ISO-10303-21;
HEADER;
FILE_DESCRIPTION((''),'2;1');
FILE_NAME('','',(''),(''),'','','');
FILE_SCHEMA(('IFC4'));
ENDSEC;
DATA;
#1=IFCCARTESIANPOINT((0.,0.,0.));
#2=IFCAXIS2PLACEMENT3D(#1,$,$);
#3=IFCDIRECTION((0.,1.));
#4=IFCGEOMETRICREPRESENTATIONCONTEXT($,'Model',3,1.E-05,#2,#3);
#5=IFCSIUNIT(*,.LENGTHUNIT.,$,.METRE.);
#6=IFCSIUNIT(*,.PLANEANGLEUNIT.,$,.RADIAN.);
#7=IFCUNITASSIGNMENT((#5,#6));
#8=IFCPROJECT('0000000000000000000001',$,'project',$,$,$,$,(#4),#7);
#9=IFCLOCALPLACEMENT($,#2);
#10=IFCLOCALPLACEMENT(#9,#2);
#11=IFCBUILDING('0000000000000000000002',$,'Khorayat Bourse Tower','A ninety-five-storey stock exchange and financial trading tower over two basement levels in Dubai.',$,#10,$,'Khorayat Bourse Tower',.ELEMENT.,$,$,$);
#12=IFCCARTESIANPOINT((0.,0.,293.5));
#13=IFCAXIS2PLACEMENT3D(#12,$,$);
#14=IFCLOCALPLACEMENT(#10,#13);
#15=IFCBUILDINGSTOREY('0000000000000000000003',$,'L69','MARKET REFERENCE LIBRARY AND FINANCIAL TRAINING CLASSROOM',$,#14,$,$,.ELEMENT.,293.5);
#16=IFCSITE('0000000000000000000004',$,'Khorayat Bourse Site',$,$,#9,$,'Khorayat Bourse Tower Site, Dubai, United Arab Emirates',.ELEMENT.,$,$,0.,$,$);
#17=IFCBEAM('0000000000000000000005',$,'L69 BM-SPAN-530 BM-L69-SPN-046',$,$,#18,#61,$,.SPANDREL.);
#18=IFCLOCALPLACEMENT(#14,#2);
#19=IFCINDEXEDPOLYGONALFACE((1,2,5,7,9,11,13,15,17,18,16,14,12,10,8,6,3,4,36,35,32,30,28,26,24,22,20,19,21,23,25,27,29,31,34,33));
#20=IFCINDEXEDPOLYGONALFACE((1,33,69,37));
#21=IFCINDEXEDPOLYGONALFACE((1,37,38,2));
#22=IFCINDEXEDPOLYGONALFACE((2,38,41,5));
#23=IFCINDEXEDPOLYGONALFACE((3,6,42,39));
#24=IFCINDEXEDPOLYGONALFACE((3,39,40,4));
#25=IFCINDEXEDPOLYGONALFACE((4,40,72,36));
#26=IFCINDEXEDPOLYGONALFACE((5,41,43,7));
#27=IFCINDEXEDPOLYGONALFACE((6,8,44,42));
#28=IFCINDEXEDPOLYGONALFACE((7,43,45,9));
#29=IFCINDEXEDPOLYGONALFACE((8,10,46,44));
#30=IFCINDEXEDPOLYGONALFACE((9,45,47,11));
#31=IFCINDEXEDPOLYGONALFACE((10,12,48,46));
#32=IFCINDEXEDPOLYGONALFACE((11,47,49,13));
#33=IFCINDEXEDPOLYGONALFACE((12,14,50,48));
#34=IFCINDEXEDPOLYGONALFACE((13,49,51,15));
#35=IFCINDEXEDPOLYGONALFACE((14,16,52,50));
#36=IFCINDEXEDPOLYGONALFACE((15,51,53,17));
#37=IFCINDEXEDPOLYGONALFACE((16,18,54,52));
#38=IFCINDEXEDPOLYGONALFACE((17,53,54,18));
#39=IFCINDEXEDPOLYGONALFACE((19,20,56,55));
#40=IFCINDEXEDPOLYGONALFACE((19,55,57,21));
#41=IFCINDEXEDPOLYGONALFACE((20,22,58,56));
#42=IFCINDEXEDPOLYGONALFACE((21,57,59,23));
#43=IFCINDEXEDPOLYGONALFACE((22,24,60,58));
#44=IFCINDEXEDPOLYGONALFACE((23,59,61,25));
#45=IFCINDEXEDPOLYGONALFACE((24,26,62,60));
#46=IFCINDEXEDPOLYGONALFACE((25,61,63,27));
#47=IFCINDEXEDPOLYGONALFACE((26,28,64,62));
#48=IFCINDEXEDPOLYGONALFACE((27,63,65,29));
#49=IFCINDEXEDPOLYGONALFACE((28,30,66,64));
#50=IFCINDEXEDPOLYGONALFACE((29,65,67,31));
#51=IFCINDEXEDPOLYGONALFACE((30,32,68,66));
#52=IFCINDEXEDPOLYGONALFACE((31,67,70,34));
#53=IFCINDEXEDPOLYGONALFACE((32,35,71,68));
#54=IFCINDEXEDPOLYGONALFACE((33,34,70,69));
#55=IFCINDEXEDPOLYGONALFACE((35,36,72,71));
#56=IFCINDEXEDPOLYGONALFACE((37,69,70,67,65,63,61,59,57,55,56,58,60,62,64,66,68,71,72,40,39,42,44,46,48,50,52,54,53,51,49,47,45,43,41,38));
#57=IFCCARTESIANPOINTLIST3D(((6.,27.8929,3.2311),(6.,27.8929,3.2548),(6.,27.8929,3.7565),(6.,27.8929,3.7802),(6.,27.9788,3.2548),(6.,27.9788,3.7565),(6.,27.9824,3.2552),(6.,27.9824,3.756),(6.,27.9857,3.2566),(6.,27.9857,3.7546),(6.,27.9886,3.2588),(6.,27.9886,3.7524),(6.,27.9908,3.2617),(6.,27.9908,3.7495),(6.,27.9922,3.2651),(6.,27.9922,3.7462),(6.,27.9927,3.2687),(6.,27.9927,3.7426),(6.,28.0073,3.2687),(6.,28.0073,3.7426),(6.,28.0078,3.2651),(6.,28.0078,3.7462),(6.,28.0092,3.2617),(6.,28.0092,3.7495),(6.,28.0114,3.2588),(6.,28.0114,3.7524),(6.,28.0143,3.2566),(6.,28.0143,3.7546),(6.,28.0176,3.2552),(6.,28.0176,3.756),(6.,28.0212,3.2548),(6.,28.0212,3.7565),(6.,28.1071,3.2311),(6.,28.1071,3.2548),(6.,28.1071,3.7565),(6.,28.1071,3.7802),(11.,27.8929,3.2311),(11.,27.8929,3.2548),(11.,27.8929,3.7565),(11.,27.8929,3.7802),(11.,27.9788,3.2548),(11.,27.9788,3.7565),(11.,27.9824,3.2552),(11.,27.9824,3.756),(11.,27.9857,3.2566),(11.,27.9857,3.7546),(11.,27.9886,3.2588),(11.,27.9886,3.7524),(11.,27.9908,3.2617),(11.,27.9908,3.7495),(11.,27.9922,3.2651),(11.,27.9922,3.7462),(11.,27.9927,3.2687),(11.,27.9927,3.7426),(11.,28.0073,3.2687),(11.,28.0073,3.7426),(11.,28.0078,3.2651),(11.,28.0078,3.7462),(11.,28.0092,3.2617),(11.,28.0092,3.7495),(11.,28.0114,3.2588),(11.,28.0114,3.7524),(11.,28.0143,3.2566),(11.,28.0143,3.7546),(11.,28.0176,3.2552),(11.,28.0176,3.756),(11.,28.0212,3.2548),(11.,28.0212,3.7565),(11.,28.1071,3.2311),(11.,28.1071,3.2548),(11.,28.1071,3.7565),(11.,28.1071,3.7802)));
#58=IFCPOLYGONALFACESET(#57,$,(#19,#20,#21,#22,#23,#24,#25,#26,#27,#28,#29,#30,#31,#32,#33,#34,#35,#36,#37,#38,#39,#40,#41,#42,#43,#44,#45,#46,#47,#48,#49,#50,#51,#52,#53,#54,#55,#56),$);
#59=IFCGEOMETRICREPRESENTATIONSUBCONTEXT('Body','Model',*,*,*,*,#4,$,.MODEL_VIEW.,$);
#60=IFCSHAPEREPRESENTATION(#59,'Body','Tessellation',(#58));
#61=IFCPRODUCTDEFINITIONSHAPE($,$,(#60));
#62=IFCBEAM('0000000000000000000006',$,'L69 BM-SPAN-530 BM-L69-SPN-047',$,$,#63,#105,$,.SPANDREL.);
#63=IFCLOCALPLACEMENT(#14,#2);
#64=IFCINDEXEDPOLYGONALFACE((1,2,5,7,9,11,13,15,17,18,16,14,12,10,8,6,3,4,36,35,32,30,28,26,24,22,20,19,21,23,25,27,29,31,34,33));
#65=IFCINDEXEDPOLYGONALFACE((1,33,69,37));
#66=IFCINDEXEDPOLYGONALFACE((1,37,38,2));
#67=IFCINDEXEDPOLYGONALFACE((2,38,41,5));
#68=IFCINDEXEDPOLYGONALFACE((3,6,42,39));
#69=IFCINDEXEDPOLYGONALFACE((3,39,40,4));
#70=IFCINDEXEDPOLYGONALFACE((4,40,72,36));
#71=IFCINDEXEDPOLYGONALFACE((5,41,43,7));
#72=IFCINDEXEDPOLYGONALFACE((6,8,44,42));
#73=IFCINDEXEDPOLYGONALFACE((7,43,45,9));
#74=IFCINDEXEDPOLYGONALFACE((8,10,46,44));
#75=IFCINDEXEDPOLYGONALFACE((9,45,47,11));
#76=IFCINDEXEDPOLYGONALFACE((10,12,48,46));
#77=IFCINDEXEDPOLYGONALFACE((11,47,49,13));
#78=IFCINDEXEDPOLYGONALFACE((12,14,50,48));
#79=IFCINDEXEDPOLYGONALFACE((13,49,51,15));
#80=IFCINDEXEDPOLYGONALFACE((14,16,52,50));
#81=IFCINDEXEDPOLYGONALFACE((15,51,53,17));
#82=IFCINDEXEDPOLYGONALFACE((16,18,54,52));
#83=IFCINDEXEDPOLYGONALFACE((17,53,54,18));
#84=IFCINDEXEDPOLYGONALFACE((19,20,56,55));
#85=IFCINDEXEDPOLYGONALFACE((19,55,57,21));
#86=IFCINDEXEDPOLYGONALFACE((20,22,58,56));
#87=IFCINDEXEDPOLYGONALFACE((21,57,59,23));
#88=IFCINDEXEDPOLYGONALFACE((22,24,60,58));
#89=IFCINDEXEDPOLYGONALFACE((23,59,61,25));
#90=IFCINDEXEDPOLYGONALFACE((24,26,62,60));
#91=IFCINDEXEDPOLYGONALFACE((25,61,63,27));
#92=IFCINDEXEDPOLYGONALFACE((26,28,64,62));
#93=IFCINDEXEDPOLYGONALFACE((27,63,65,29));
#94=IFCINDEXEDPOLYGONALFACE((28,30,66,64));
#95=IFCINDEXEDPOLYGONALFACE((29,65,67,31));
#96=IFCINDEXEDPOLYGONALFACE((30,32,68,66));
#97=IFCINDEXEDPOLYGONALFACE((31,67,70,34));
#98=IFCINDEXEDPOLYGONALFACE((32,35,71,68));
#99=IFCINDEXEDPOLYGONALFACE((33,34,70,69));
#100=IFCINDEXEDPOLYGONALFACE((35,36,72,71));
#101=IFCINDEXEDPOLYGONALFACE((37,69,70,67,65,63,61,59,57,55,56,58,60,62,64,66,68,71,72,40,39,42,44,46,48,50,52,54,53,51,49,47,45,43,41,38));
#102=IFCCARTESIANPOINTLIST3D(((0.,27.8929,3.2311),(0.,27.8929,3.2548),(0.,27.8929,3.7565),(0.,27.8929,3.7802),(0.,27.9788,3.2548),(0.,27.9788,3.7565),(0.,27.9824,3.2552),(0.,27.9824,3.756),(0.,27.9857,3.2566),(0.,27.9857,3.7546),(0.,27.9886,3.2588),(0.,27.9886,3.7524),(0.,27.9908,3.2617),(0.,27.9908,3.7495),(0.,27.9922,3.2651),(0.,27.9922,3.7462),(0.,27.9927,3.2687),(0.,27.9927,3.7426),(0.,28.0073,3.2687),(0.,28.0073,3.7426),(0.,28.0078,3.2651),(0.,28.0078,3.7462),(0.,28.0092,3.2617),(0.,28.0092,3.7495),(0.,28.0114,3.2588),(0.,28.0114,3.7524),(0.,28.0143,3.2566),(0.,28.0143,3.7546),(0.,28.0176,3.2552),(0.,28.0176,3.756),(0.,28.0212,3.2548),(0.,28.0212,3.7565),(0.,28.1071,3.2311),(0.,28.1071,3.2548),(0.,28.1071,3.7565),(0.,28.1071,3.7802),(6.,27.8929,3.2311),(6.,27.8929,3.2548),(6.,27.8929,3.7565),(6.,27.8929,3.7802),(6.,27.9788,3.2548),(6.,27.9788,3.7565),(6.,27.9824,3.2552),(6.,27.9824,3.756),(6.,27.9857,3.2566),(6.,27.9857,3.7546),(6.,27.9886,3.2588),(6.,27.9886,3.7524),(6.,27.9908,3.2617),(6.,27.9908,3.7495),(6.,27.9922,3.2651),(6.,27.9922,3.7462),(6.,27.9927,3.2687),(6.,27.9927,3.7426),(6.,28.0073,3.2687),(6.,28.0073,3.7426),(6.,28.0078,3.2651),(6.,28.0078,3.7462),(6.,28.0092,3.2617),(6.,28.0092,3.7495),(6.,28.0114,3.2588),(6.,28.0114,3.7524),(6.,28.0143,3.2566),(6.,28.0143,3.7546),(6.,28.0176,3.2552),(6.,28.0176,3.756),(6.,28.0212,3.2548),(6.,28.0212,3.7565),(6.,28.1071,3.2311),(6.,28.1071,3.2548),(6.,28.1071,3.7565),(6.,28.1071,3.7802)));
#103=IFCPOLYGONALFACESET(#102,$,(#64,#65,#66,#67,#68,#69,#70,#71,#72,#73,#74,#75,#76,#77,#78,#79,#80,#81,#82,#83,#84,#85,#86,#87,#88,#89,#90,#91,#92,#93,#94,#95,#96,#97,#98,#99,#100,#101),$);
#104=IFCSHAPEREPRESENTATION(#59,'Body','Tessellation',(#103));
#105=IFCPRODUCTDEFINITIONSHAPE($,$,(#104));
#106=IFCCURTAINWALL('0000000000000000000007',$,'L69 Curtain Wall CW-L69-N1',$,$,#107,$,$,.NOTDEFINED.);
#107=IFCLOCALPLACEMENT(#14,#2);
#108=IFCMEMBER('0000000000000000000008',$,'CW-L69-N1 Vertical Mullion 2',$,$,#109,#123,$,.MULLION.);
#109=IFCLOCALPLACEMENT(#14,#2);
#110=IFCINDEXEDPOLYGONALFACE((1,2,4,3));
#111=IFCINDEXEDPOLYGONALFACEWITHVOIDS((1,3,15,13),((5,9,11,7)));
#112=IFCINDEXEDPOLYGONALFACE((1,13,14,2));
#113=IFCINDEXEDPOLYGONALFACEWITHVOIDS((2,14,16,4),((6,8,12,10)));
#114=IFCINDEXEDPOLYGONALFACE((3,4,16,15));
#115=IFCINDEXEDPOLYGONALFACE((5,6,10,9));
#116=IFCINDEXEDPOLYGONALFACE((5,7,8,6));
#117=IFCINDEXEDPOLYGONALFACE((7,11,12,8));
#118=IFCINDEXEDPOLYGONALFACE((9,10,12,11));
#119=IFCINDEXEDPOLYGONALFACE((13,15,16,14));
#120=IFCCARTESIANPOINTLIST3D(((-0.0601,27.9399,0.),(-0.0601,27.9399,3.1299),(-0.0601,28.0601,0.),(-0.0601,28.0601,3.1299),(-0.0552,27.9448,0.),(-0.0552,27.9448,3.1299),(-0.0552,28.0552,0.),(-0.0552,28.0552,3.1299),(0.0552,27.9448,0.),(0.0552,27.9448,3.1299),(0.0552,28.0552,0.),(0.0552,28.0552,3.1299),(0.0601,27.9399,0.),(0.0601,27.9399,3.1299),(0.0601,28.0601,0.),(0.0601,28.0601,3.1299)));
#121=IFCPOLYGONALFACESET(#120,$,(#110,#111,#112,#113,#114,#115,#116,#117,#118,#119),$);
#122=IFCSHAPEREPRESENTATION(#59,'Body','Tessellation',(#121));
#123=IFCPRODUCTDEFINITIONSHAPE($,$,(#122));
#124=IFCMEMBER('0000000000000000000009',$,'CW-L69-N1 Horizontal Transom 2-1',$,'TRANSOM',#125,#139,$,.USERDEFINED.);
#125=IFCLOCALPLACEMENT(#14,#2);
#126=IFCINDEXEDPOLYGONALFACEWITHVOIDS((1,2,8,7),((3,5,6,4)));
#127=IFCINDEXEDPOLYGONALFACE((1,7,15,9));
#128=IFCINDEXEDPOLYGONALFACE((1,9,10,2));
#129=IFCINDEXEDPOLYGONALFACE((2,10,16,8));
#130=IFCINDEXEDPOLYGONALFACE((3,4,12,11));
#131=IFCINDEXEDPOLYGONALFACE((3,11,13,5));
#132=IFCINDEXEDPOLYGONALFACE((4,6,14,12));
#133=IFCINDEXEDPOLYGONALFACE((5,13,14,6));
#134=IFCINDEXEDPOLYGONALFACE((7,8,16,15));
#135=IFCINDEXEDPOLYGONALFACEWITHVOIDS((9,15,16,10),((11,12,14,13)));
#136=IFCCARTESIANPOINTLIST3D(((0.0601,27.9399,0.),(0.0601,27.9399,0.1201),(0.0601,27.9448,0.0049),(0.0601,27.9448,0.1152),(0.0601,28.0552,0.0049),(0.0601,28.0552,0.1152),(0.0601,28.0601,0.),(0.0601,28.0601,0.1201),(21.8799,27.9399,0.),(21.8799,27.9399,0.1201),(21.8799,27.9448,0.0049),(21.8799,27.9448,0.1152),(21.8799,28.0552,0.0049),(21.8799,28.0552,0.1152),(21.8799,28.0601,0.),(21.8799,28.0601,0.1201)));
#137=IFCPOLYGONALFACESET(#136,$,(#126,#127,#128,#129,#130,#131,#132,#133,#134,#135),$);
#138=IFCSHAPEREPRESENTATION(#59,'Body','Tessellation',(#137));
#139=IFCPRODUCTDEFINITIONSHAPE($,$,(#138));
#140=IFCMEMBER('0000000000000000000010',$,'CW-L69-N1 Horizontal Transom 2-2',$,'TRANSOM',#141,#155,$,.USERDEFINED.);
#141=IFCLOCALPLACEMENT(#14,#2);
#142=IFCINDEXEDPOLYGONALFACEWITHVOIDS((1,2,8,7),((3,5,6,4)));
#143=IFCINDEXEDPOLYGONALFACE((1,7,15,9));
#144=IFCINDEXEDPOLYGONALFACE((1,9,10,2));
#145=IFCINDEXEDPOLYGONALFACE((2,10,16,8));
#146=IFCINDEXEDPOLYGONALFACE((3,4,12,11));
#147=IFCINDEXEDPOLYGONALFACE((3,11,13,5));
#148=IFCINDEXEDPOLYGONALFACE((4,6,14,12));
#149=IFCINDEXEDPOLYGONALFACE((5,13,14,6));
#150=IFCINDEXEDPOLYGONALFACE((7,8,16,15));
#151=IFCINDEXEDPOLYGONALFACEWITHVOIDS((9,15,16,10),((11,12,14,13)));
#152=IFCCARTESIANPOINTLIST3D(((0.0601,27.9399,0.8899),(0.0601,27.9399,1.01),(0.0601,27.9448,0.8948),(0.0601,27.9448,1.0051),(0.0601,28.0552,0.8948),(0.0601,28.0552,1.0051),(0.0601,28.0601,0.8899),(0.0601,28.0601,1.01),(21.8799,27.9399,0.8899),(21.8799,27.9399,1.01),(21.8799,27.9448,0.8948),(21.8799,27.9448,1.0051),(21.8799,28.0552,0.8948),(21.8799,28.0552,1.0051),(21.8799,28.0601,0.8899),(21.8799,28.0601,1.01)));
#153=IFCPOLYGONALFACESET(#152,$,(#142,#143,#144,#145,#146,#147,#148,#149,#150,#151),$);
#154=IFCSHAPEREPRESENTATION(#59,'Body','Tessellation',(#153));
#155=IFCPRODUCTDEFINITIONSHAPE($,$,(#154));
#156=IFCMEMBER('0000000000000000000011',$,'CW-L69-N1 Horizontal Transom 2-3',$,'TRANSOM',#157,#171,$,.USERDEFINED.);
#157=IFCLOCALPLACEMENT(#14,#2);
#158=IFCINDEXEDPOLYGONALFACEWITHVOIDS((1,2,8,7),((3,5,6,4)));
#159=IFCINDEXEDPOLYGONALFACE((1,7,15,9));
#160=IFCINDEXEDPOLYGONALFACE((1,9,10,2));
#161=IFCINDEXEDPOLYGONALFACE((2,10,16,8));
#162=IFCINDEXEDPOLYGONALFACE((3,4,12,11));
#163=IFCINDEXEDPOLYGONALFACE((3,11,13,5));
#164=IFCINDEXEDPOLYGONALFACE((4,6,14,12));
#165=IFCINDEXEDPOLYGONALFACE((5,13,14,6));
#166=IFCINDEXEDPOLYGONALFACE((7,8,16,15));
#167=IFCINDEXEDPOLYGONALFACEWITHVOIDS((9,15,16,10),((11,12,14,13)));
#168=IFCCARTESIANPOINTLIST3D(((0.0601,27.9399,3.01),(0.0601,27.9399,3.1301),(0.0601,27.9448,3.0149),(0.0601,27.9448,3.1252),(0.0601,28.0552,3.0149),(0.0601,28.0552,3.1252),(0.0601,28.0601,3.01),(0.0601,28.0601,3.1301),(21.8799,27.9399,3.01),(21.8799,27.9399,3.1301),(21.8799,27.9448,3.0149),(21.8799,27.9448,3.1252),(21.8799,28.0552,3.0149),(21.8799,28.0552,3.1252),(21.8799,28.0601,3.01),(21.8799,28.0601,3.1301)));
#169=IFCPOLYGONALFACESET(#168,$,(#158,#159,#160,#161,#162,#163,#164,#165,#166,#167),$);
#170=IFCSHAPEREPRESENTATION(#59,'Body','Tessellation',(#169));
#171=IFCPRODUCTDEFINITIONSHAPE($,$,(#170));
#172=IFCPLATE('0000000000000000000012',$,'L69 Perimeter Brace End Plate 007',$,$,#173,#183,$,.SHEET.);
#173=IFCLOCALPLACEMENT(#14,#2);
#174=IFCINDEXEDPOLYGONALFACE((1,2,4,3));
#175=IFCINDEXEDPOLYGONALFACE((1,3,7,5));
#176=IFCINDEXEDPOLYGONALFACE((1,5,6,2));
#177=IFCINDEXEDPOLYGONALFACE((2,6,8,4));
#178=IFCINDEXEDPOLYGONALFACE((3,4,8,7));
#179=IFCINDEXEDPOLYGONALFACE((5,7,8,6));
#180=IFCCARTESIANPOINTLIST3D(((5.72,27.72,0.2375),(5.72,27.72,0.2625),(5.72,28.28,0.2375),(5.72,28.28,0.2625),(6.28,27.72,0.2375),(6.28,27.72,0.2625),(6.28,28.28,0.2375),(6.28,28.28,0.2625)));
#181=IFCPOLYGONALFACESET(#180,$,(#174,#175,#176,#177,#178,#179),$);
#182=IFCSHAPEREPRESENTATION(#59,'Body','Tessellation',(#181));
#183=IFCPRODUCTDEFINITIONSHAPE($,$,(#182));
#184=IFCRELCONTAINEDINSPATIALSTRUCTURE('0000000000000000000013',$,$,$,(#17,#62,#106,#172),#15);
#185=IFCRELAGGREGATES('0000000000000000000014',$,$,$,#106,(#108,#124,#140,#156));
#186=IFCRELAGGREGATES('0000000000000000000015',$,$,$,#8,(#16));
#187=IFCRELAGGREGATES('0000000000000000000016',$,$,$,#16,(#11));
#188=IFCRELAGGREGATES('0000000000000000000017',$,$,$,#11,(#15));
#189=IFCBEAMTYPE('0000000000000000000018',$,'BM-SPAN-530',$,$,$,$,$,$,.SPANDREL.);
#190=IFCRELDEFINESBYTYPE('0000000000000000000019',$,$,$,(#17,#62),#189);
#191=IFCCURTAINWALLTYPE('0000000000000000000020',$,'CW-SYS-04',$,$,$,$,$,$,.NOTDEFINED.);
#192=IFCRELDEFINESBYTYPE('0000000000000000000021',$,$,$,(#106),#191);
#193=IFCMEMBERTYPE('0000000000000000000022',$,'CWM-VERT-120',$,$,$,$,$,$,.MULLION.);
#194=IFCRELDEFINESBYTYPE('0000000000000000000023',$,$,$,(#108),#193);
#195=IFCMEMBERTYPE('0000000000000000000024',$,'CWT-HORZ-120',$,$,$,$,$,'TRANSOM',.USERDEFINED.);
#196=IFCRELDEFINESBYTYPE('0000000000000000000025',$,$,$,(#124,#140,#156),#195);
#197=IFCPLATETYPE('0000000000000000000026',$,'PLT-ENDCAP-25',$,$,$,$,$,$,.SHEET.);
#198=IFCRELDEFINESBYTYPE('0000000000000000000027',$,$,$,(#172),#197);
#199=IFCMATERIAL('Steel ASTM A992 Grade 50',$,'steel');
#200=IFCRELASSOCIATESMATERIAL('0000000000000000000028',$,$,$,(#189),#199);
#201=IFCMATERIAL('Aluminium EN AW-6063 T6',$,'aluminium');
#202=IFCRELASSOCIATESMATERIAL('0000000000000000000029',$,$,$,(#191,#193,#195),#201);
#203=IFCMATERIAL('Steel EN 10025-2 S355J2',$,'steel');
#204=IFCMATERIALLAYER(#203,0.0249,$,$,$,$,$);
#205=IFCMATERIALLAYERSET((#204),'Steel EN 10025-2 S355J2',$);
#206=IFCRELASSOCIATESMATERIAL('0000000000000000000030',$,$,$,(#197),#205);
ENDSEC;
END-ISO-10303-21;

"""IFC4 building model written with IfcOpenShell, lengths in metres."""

from ifc_helpers import new_model, si_unit, direction, frame, origin, origin_2d, place, context, subcontext, project, spatial, rectangle, hollow_rectangle, i_section, extrude, source, transform, mapped, material, layer, layer_set, material_profile, profile_set, type_object, element, aggregate, save


model = new_model("IFC4")

# Units and contexts
model_context = context("Model", 3, precision=1e-05, world=origin(), true_north=direction((0.0, 1.0)))
body_context = subcontext(model_context, "Body", "Model", "MODEL_VIEW")
ifc_project = project(units=[si_unit("LENGTHUNIT", "METRE"), si_unit("PLANEANGLEUNIT", "RADIAN")], contexts=[model_context])

# Site, building, storey
site_placement = place(None, origin())
site = spatial("IfcSite", under=ifc_project, at=site_placement, Name="Khorayat Bourse Site", LongName="Khorayat Bourse Tower Site, Dubai, United Arab Emirates", CompositionType="ELEMENT", RefElevation=0.0)
building_placement = place(site_placement, origin())
building = spatial("IfcBuilding", under=site, at=building_placement, Name="Khorayat Bourse Tower", Description="A ninety-five-storey stock exchange and financial trading tower over two basement levels in Dubai.", LongName="Khorayat Bourse Tower", CompositionType="ELEMENT")
storey_placement = place(building_placement, frame((0.0, 0.0, 293.5)))
storey = spatial("IfcBuildingStorey", under=building, at=storey_placement, Name="L69", Description="MARKET REFERENCE LIBRARY AND FINANCIAL TRAINING CLASSROOM", CompositionType="ELEMENT", Elevation=293.5)

# Beams
ifc_material_1 = material(Name="Steel ASTM A992 Grade 50", Category="steel")
ifc_material_profile_1 = material_profile(ifc_material_1, i_section(OverallWidth=0.2141, OverallDepth=0.5491, WebThickness=0.0146, FlangeThickness=0.0237, FilletRadius=0.0139, at=origin_2d()), Name="W530X138")
ifc_profile_set_1 = profile_set([ifc_material_profile_1], Name="Steel ASTM A992 Grade 50")
beam_type_1 = type_object("IfcBeamType", Name="BM-SPAN-530", PredefinedType="SPANDREL", material=ifc_profile_set_1)
shared_shape_1 = source(origin(), body_context, "Body", "SweptSolid", [
    extrude(i_section(OverallWidth=0.2141, OverallDepth=0.5491, WebThickness=0.0146, FlangeThickness=0.0237, FilletRadius=0.0139, at=origin_2d()), origin(), (0.0, 0.0, 1.0), 5.0),
])
beam_1_placement = place(storey_placement, frame((6.0, 28.0, 3.5056), z_axis=(1.0, 0.0, 0.0), x_axis=(0.0, 1.0, 0.0)))
element("IfcBeam", 1, at=beam_1_placement, inside=storey, type_object=beam_type_1, Name="L69 BM-SPAN-530 BM-L69-SPN-046", PredefinedType="SPANDREL", context=body_context, shape_type="MappedRepresentation", body=[
    mapped(shared_shape_1, transform((0.0, 0.0, 0.0), scale=1.0)),
])
shared_shape_2 = source(origin(), body_context, "Body", "SweptSolid", [
    extrude(i_section(OverallWidth=0.2141, OverallDepth=0.5491, WebThickness=0.0146, FlangeThickness=0.0237, FilletRadius=0.0139, at=origin_2d()), origin(), (0.0, 0.0, 1.0), 6.0),
])
beam_2_placement = place(storey_placement, frame((0.0, 28.0, 3.5056), z_axis=(1.0, 0.0, 0.0), x_axis=(0.0, 1.0, 0.0)))
element("IfcBeam", 2, at=beam_2_placement, inside=storey, type_object=beam_type_1, Name="L69 BM-SPAN-530 BM-L69-SPN-047", PredefinedType="SPANDREL", context=body_context, shape_type="MappedRepresentation", body=[
    mapped(shared_shape_2, transform((0.0, 0.0, 0.0), scale=1.0)),
])

# Curtain wall, members
ifc_material_2 = material(Name="Aluminium EN AW-6063 T6", Category="aluminium")
curtain_wall_type = type_object("IfcCurtainWallType", Name="CW-SYS-04", PredefinedType="NOTDEFINED", material=ifc_material_2)
curtain_wall_placement = place(storey_placement, origin())
curtain_wall = element("IfcCurtainWall", 3, at=curtain_wall_placement, inside=storey, type_object=curtain_wall_type, Name="L69 Curtain Wall CW-L69-N1", PredefinedType="NOTDEFINED")
ifc_material_profile_2 = material_profile(ifc_material_2, hollow_rectangle(XDim=0.1201, YDim=0.1201, WallThickness=0.0049, at=origin_2d()), Name="ALU 120x120x5")
ifc_profile_set_2 = profile_set([ifc_material_profile_2], Name="Aluminium EN AW-6063 T6")
member_type_1 = type_object("IfcMemberType", Name="CWM-VERT-120", PredefinedType="MULLION", material=ifc_profile_set_2)
shared_shape_3 = source(origin(), body_context, "Body", "SweptSolid", [
    extrude(hollow_rectangle(XDim=0.1201, YDim=0.1201, WallThickness=0.0049, at=origin_2d()), origin(), (0.0, 0.0, 1.0), 3.1299),
])
member_1_placement = place(storey_placement, frame((0.0, 28.0, 0.0), z_axis=(0.0, 0.0, 1.0), x_axis=(0.0, 1.0, 0.0)))
member_1 = element("IfcMember", 4, at=member_1_placement, type_object=member_type_1, Name="CW-L69-N1 Vertical Mullion 2", PredefinedType="MULLION", context=body_context, shape_type="MappedRepresentation", body=[
    mapped(shared_shape_3, transform((0.0, 0.0, 0.0), scale=1.0)),
])
ifc_material_profile_3 = material_profile(ifc_material_2, hollow_rectangle(XDim=0.1201, YDim=0.1201, WallThickness=0.0049, at=origin_2d()), Name="ALU 120x120x5")
ifc_profile_set_3 = profile_set([ifc_material_profile_3], Name="Aluminium EN AW-6063 T6")
member_type_2 = type_object("IfcMemberType", Name="CWT-HORZ-120", ElementType="TRANSOM", PredefinedType="USERDEFINED", material=ifc_profile_set_3)
shared_shape_4 = source(origin(), body_context, "Body", "SweptSolid", [
    extrude(hollow_rectangle(XDim=0.1201, YDim=0.1201, WallThickness=0.0049, at=origin_2d()), origin(), (0.0, 0.0, 1.0), 21.8198),
])
member_2_placement = place(storey_placement, frame((0.0601, 28.0, 0.0601), z_axis=(1.0, 0.0, 0.0), x_axis=(0.0, 1.0, 0.0)))
member_2 = element("IfcMember", 5, at=member_2_placement, type_object=member_type_2, Name="CW-L69-N1 Horizontal Transom 2-1", ObjectType="TRANSOM", PredefinedType="USERDEFINED", context=body_context, shape_type="MappedRepresentation", body=[
    mapped(shared_shape_4, transform((0.0, 0.0, 0.0), scale=1.0)),
])
member_3_placement = place(storey_placement, frame((0.0601, 28.0, 0.95), z_axis=(1.0, 0.0, 0.0), x_axis=(0.0, 1.0, 0.0)))
member_3 = element("IfcMember", 6, at=member_3_placement, type_object=member_type_2, Name="CW-L69-N1 Horizontal Transom 2-2", ObjectType="TRANSOM", PredefinedType="USERDEFINED", context=body_context, shape_type="MappedRepresentation", body=[
    mapped(shared_shape_4, transform((0.0, 0.0, 0.0), scale=1.0)),
])
member_4_placement = place(storey_placement, frame((0.0601, 28.0, 3.0701), z_axis=(1.0, 0.0, 0.0), x_axis=(0.0, 1.0, 0.0)))
member_4 = element("IfcMember", 7, at=member_4_placement, type_object=member_type_2, Name="CW-L69-N1 Horizontal Transom 2-3", ObjectType="TRANSOM", PredefinedType="USERDEFINED", context=body_context, shape_type="MappedRepresentation", body=[
    mapped(shared_shape_4, transform((0.0, 0.0, 0.0), scale=1.0)),
])

# Plate
ifc_material_3 = material(Name="Steel EN 10025-2 S355J2", Category="steel")
ifc_layer_1 = layer(ifc_material_3, 0.0249)
ifc_layer_set_1 = layer_set([ifc_layer_1], Name="Steel EN 10025-2 S355J2")
plate_type_1 = type_object("IfcPlateType", Name="PLT-ENDCAP-25", PredefinedType="SHEET", material=ifc_layer_set_1)
shared_shape_5 = source(origin(), body_context, "Body", "SweptSolid", [
    extrude(rectangle(XDim=0.5601, YDim=0.5601, at=origin_2d()), origin(), (0.0, 0.0, 1.0), 0.0249),
])
for number, where, z_axis, x_axis, name in (
    (8, (6.0, 28.0, 0.2375), (0.0, 0.0, 1.0), (1.0, 0.0, 0.0), "L69 Perimeter Brace End Plate 007"),
):
    element("IfcPlate", number, at=place(storey_placement, frame(where, z_axis=z_axis, x_axis=x_axis)), inside=storey, type_object=plate_type_1, Name=name, PredefinedType="SHEET", context=body_context, shape_type="MappedRepresentation", body=[
        mapped(shared_shape_5, transform((0.0, 0.0, 0.0), scale=1.0)),
    ])

aggregate(curtain_wall, [member_1, member_2, member_3, member_4])

save(model, "model.ifc")
